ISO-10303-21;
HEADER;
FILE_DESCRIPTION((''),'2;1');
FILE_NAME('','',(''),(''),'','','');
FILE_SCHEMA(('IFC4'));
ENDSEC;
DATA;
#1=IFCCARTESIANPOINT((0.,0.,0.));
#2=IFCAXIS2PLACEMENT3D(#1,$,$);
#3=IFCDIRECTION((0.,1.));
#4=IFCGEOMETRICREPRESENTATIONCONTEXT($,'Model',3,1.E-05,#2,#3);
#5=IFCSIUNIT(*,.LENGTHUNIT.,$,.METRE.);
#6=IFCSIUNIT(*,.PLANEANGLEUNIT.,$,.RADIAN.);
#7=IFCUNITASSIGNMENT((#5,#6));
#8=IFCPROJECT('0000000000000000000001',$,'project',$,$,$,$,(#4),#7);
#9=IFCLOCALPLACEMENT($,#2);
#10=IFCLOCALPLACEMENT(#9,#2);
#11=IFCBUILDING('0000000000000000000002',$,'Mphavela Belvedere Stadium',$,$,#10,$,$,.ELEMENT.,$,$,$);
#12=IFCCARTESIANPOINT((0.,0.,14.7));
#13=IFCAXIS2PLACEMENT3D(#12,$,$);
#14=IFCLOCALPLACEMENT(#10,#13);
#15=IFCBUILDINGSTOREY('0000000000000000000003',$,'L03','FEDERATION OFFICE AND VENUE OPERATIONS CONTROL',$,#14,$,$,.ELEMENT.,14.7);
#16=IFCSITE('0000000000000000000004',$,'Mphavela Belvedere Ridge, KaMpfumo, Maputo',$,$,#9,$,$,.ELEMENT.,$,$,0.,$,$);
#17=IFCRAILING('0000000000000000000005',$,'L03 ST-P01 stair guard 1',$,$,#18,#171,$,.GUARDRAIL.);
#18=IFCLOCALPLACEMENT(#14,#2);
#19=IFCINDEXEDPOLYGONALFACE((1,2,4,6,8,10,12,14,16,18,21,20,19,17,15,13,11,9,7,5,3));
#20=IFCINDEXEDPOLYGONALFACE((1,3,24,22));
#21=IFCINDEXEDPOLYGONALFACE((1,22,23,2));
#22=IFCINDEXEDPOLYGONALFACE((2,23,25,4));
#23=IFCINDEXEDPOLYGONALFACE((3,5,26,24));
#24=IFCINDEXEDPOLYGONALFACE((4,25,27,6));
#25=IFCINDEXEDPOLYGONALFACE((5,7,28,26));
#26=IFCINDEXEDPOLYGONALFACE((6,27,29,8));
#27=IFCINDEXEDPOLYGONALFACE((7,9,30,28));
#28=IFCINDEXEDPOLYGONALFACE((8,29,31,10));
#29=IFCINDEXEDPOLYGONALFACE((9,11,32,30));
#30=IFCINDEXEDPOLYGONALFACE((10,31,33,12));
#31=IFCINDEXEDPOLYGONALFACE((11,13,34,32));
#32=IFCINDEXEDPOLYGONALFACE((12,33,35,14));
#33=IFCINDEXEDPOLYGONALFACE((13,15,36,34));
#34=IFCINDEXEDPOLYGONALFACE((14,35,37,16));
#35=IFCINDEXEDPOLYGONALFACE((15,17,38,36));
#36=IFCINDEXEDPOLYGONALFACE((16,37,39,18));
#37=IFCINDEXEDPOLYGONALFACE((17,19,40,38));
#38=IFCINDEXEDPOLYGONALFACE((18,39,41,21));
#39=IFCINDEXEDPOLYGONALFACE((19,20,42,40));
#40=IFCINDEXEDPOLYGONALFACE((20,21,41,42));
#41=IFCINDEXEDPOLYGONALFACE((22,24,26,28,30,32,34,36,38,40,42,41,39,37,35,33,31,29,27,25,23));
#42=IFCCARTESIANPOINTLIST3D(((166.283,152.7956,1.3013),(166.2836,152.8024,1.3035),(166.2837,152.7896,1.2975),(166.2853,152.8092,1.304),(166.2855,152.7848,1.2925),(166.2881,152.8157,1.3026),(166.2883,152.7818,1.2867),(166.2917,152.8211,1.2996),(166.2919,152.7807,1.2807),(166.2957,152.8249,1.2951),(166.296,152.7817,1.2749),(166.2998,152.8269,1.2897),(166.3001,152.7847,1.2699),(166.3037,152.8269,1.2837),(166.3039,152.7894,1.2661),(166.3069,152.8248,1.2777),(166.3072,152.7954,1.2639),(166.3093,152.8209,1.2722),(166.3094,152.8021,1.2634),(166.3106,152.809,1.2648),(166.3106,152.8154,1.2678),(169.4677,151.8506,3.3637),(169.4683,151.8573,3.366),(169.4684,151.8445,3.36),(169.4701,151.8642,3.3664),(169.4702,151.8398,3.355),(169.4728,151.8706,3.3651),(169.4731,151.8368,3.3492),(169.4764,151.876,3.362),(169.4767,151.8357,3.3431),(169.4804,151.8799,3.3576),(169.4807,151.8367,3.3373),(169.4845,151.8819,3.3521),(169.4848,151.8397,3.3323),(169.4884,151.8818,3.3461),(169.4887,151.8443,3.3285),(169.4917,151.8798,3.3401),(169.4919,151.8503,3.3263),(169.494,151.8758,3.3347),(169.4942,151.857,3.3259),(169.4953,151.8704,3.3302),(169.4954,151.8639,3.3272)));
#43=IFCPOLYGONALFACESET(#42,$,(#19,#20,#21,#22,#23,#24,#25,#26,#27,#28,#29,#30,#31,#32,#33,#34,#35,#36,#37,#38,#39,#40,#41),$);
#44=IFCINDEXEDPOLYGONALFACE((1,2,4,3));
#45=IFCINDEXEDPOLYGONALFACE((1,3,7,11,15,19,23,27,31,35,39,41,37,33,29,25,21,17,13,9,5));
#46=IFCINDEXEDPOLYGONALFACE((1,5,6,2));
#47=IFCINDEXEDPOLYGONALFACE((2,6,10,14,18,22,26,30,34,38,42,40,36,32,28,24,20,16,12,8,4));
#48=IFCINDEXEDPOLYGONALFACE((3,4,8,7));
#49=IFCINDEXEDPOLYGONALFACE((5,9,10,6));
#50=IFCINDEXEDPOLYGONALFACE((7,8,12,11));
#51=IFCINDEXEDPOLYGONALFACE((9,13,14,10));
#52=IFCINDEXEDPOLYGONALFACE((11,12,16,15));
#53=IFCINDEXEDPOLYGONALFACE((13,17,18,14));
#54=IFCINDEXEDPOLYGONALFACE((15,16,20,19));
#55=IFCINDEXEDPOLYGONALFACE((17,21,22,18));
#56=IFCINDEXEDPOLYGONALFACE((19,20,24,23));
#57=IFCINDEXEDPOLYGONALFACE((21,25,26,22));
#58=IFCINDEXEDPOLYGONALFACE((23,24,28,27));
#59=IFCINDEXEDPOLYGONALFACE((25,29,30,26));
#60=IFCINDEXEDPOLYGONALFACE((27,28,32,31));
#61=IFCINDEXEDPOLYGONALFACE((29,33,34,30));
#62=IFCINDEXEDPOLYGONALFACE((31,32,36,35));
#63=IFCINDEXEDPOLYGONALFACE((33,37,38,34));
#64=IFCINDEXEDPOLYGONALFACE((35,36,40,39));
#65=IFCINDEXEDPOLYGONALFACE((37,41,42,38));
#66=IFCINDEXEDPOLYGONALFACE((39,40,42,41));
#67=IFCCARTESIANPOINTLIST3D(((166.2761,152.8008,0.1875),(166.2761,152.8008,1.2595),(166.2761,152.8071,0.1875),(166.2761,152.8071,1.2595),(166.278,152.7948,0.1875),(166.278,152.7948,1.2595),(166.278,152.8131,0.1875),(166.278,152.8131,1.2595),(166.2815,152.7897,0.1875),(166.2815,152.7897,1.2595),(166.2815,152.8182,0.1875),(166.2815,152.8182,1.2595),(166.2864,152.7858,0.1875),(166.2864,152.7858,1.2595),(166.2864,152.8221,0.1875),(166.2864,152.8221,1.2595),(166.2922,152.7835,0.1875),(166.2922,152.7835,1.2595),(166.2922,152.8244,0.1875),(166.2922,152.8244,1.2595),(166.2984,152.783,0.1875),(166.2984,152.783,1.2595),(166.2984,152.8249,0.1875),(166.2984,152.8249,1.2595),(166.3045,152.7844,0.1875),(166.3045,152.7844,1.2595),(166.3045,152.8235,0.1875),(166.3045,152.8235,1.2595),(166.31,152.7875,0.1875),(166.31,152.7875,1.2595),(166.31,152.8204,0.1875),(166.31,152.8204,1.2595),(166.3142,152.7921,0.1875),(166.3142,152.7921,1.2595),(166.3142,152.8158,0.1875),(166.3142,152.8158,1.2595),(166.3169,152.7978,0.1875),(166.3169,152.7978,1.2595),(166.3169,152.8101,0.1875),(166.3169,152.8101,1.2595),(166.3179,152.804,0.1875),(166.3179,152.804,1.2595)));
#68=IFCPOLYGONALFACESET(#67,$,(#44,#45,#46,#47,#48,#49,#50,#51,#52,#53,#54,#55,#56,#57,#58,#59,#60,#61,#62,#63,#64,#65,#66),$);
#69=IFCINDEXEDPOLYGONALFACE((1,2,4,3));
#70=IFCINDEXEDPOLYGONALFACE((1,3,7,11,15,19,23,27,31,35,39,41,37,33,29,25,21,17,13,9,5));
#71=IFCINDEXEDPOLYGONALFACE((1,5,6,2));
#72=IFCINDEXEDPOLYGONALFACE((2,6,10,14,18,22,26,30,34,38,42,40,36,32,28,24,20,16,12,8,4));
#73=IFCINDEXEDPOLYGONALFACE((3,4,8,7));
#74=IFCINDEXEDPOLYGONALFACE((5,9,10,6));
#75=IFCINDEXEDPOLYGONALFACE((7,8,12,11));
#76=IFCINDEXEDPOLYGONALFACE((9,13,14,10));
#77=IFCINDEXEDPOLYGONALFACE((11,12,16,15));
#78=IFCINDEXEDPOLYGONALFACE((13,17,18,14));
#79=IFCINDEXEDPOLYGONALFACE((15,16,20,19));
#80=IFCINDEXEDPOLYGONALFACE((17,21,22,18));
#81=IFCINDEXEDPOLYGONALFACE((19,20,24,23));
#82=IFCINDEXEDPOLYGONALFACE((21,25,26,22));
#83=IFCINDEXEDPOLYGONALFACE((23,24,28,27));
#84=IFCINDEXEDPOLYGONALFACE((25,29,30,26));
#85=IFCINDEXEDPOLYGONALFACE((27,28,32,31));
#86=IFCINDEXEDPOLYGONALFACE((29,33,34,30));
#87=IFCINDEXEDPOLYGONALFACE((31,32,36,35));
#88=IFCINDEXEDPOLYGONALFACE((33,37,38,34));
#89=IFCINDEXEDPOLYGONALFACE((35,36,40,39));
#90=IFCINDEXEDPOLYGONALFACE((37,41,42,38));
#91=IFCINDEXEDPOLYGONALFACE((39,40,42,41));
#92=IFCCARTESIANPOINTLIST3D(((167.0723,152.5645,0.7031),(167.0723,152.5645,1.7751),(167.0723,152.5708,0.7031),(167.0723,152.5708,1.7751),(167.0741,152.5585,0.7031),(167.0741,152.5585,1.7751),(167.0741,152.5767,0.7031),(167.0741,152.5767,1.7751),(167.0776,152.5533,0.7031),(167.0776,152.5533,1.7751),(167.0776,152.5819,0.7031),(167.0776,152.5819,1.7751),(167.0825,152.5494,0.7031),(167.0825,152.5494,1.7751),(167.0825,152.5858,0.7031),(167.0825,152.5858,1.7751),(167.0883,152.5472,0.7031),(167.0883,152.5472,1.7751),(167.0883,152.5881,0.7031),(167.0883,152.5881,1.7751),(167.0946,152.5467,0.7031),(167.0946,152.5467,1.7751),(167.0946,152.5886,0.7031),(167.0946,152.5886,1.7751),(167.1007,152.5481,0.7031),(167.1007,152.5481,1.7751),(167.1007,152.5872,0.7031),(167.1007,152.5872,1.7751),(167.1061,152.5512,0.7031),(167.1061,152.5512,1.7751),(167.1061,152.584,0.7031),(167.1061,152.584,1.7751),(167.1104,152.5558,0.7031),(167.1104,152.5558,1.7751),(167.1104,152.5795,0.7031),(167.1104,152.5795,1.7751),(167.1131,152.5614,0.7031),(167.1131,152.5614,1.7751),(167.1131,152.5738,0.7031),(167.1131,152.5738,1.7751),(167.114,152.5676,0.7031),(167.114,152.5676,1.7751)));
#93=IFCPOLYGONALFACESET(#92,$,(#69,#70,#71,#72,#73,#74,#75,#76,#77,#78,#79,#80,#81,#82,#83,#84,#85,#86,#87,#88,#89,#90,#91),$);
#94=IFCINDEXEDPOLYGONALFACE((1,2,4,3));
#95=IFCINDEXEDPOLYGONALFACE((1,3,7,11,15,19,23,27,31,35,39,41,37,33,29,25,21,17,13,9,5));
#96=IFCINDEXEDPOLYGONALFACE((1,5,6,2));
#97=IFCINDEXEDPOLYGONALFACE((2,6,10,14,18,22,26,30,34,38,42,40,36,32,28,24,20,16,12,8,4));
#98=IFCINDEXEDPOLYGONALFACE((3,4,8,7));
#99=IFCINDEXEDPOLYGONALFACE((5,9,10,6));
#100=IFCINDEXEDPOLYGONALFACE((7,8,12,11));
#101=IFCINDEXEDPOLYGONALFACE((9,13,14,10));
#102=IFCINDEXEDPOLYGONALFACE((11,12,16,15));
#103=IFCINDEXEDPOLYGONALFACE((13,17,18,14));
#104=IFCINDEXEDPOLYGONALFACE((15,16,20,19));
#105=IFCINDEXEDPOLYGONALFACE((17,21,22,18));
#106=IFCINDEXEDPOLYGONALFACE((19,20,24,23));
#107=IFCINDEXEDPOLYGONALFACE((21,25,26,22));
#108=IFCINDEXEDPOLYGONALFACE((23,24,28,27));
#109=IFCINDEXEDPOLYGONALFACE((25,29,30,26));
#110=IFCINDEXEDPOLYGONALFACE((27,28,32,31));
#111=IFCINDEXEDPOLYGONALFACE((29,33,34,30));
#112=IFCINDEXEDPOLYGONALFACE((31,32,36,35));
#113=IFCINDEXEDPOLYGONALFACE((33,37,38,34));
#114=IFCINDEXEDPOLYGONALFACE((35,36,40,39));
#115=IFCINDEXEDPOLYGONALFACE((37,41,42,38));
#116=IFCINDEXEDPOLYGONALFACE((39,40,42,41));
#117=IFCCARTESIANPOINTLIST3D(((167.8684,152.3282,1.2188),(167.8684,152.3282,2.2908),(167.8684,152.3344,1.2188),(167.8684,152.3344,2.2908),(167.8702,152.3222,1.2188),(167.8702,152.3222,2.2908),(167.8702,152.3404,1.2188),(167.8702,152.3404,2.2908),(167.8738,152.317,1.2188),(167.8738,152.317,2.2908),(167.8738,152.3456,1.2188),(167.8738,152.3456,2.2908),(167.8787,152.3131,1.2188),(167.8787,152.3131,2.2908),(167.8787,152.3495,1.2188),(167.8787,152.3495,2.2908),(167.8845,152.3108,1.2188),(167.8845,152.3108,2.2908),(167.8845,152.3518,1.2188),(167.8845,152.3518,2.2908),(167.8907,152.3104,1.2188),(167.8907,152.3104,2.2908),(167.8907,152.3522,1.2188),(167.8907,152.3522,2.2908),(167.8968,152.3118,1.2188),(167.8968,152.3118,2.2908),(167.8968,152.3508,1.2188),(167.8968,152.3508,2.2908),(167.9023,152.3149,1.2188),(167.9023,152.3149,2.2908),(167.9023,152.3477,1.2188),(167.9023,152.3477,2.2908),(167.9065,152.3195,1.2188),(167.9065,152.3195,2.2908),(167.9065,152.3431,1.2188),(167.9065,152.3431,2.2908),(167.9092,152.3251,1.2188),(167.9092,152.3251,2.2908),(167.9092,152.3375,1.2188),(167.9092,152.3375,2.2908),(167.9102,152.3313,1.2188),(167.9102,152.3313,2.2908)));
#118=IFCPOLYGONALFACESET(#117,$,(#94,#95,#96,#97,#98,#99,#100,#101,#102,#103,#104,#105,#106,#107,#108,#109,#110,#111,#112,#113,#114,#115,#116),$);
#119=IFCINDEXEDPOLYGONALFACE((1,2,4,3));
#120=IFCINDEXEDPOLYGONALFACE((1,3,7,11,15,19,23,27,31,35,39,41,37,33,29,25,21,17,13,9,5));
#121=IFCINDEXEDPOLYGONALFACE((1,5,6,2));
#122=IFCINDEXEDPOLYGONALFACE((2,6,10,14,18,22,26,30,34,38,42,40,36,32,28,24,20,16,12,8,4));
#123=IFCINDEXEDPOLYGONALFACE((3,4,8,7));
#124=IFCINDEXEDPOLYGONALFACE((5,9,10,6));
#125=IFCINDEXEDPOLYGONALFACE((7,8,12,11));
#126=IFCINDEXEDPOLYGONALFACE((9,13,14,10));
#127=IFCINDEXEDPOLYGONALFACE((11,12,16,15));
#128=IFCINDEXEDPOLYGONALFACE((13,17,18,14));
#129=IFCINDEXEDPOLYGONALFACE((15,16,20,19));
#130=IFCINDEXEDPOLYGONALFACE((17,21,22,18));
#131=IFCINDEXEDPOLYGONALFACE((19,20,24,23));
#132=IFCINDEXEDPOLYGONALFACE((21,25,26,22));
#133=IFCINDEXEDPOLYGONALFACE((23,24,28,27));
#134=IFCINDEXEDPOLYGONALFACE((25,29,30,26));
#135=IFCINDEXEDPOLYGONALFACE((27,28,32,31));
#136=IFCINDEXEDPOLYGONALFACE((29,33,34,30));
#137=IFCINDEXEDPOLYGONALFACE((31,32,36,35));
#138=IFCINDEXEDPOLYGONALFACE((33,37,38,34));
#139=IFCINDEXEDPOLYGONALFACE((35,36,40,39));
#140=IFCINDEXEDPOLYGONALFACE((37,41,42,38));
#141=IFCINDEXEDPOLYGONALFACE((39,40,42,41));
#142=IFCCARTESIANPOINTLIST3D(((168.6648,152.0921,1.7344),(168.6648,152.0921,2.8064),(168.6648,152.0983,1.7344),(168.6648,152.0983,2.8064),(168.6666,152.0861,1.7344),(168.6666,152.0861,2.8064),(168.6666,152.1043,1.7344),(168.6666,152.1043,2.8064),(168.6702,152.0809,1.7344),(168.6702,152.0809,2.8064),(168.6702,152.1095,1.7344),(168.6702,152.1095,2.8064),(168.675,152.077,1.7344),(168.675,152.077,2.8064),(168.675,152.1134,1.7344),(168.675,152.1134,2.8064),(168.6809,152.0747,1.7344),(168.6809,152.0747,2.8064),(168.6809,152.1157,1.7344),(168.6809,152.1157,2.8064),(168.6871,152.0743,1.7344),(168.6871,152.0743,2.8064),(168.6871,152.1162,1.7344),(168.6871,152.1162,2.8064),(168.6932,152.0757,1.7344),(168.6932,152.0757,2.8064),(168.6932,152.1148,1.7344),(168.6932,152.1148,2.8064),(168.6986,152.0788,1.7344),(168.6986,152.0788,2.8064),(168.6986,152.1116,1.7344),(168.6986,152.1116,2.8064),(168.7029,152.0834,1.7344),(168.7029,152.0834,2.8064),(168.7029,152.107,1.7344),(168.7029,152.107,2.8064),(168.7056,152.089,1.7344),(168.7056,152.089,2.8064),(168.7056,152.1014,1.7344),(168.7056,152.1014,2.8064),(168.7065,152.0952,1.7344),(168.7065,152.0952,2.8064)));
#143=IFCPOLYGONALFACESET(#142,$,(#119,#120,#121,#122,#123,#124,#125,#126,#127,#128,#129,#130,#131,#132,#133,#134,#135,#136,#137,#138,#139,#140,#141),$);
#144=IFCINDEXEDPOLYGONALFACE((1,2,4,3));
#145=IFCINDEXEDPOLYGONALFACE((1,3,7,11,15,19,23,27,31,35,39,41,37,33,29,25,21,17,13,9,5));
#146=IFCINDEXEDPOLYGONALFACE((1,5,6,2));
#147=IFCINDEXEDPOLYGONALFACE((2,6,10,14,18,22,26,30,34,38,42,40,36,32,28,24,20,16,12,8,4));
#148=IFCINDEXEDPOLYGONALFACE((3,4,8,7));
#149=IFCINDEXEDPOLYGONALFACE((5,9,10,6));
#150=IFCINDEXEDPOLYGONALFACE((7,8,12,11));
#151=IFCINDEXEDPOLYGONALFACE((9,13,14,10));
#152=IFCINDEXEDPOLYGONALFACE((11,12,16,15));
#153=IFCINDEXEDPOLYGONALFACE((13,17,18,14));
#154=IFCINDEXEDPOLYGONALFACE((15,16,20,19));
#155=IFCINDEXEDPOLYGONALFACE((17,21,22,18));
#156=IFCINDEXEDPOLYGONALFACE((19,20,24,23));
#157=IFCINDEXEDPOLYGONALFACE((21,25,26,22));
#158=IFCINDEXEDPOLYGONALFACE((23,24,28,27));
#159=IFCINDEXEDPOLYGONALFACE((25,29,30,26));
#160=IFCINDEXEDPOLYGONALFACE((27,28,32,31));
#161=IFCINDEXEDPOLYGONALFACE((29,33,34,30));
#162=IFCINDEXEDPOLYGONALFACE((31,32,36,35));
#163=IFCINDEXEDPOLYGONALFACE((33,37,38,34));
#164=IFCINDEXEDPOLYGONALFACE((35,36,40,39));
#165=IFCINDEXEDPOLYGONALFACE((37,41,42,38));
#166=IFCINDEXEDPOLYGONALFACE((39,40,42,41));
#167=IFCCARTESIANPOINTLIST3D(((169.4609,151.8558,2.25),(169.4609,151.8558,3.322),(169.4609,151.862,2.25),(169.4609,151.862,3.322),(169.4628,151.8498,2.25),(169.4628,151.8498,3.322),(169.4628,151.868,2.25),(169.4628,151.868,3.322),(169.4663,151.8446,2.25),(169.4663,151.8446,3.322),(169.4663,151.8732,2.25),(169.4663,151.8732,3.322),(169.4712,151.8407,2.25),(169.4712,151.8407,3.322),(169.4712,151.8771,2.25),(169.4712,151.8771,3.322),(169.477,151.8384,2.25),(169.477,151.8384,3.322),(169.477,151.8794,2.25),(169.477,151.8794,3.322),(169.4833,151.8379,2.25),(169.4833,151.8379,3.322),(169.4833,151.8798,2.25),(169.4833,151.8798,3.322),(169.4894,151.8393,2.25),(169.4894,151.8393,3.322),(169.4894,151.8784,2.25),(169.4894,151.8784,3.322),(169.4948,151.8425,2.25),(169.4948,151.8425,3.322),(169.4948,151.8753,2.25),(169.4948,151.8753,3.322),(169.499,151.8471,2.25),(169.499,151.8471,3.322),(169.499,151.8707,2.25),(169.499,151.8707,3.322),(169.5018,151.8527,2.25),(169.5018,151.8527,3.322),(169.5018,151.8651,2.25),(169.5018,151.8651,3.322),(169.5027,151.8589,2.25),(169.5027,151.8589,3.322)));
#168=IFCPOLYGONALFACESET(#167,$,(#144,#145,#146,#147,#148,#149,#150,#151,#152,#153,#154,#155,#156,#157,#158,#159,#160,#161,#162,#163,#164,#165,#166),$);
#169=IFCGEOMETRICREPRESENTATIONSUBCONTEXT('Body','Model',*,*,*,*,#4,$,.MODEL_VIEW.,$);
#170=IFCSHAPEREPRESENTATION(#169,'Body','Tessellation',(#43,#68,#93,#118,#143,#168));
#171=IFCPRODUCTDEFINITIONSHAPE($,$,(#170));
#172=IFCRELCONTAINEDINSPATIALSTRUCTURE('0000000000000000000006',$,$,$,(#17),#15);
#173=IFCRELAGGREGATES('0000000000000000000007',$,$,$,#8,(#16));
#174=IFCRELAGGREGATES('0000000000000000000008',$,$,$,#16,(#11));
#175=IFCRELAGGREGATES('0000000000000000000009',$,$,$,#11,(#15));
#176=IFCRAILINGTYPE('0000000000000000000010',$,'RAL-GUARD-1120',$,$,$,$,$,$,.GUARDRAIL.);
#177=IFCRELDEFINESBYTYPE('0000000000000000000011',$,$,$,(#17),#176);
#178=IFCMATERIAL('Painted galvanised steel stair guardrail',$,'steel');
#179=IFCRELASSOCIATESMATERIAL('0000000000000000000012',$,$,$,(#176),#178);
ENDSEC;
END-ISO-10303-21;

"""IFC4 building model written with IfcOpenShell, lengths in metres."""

from ifc_helpers import new_model, si_unit, direction, frame, origin, origin_2d, place, context, subcontext, project, spatial, circle, extrude, material, type_object, element, save


model = new_model("IFC4")

# Units and contexts
model_context = context("Model", 3, precision=1e-05, world=origin(), true_north=direction((0.0, 1.0)))
body_context = subcontext(model_context, "Body", "Model", "MODEL_VIEW")
ifc_project = project(units=[si_unit("LENGTHUNIT", "METRE"), si_unit("PLANEANGLEUNIT", "RADIAN")], contexts=[model_context])

# Site, building, storey
site_placement = place(None, origin())
site = spatial("IfcSite", under=ifc_project, at=site_placement, Name="Mphavela Belvedere Ridge, KaMpfumo, Maputo", CompositionType="ELEMENT", RefElevation=0.0)
building_placement = place(site_placement, origin())
building = spatial("IfcBuilding", under=site, at=building_placement, Name="Mphavela Belvedere Stadium", CompositionType="ELEMENT")
storey_placement = place(building_placement, frame((0.0, 0.0, 14.7)))
storey = spatial("IfcBuildingStorey", under=building, at=storey_placement, Name="L03", Description="FEDERATION OFFICE AND VENUE OPERATIONS CONTROL", CompositionType="ELEMENT", Elevation=14.7)

# Railing
ifc_material_1 = material(Name="Painted galvanised steel stair guardrail", Category="steel")
railing_type_1 = type_object("IfcRailingType", Name="RAL-GUARD-1120", PredefinedType="GUARDRAIL", material=ifc_material_1)
railing_1_placement = place(storey_placement, frame((166.2969, 152.804, 0.1875)))
element("IfcRailing", 1, at=railing_1_placement, inside=storey, type_object=railing_type_1, Name="L03 ST-P01 stair guard 1", PredefinedType="GUARDRAIL", context=body_context, shape_type="SweptSolid", body=[
    extrude(circle(Radius=0.0239, at=origin_2d()), frame((0.0, 0.0, 1.0962), z_axis=(0.814477, -0.24169, 0.527459), x_axis=(0.284481, 0.958682, 0.0)), (0.0, 0.0, 1.0), 3.9102),
    extrude(circle(Radius=0.021, at=origin_2d()), origin(), (0.0, 0.0, 1.0), 1.072),
    extrude(circle(Radius=0.021, at=origin_2d()), frame((0.7961, -0.2363, 0.5156)), (0.0, 0.0, 1.0), 1.072),
    extrude(circle(Radius=0.021, at=origin_2d()), frame((1.5923, -0.4727, 1.0312)), (0.0, 0.0, 1.0), 1.072),
    extrude(circle(Radius=0.021, at=origin_2d()), frame((2.3887, -0.7087, 1.5469)), (0.0, 0.0, 1.0), 1.072),
    extrude(circle(Radius=0.021, at=origin_2d()), frame((3.1848, -0.9451, 2.0625)), (0.0, 0.0, 1.0), 1.072),
])

save(model, "model.ifc")
